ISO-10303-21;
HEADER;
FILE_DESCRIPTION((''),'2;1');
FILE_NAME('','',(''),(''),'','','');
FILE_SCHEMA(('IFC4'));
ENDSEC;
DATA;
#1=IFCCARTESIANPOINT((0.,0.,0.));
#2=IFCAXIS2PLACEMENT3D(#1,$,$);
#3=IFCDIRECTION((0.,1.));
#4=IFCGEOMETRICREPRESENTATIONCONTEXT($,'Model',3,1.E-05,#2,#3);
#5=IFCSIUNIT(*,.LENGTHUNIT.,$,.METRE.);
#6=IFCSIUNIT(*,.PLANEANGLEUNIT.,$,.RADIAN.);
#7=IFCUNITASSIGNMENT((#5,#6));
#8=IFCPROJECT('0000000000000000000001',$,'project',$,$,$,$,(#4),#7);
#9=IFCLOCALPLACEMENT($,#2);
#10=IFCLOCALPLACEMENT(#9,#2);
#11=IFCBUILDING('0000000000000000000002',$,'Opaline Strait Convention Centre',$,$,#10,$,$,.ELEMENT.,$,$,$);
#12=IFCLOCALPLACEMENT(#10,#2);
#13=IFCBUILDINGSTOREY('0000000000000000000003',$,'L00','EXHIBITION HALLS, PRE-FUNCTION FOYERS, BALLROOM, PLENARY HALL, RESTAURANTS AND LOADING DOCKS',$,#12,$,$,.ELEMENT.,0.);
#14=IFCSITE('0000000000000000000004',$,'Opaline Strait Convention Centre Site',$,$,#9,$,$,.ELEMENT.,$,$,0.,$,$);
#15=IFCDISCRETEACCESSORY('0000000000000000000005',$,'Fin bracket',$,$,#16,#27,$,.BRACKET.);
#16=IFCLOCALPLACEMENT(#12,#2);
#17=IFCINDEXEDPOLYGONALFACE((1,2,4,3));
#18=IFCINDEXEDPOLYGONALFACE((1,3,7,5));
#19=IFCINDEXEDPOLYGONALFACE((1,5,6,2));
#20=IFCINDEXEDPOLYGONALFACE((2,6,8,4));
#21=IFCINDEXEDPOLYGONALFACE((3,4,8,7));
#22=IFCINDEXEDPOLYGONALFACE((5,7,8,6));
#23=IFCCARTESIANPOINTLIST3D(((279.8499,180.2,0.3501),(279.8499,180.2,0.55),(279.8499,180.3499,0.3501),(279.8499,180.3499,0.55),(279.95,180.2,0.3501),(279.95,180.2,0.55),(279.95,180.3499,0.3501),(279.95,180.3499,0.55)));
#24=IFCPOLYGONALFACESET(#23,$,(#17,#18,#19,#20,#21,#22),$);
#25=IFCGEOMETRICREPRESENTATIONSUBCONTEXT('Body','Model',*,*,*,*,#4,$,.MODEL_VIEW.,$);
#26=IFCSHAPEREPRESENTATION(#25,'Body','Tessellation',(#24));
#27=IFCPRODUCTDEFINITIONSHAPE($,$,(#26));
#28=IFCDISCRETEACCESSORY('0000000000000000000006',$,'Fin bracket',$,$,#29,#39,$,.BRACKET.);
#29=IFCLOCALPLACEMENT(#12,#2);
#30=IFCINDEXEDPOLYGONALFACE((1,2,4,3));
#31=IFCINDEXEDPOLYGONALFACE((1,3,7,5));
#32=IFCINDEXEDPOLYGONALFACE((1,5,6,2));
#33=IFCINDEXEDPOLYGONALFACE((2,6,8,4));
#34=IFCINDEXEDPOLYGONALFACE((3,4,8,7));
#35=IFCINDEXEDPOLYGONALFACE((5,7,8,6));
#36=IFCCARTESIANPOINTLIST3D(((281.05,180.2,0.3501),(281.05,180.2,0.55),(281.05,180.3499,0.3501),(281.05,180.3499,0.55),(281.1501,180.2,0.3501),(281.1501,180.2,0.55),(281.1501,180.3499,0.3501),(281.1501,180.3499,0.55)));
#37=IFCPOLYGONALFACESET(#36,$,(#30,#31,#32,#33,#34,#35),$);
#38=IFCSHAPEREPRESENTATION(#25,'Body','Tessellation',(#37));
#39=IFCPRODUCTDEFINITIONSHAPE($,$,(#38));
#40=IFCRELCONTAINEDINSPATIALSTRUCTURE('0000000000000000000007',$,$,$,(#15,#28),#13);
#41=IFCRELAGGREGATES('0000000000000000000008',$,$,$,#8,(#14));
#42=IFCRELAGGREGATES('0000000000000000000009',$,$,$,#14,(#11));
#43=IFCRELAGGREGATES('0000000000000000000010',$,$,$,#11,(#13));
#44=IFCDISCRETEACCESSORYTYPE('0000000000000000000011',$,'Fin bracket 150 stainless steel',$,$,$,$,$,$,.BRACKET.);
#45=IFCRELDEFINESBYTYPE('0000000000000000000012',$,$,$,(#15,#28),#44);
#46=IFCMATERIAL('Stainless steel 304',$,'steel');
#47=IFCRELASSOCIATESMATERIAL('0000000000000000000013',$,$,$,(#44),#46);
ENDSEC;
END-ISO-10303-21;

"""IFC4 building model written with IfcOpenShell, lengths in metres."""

from ifc_helpers import new_model, si_unit, direction, frame, origin, origin_2d, place, context, subcontext, project, spatial, rectangle, extrude, material, type_object, element, save


model = new_model("IFC4")

# Units and contexts
model_context = context("Model", 3, precision=1e-05, world=origin(), true_north=direction((0.0, 1.0)))
body_context = subcontext(model_context, "Body", "Model", "MODEL_VIEW")
ifc_project = project(units=[si_unit("LENGTHUNIT", "METRE"), si_unit("PLANEANGLEUNIT", "RADIAN")], contexts=[model_context])

# Site, building, storey
site_placement = place(None, origin())
site = spatial("IfcSite", under=ifc_project, at=site_placement, Name="Opaline Strait Convention Centre Site", CompositionType="ELEMENT", RefElevation=0.0)
building_placement = place(site_placement, origin())
building = spatial("IfcBuilding", under=site, at=building_placement, Name="Opaline Strait Convention Centre", CompositionType="ELEMENT")
storey_placement = place(building_placement, origin())
storey = spatial("IfcBuildingStorey", under=building, at=storey_placement, Name="L00", Description="EXHIBITION HALLS, PRE-FUNCTION FOYERS, BALLROOM, PLENARY HALL, RESTAURANTS AND LOADING DOCKS", CompositionType="ELEMENT", Elevation=0.0)

# Discrete accessories
ifc_material_1 = material(Name="Stainless steel 304", Category="steel")
discrete_accessory_type = type_object("IfcDiscreteAccessoryType", Name="Fin bracket 150 stainless steel", PredefinedType="BRACKET", material=ifc_material_1)
for number, where, z_axis, x_axis, name in (
    (1, (279.8999, 180.2749, 0.3501), (0.0, 0.0, 1.0), (1.0, 0.0, 0.0), "Fin bracket"),
    (2, (281.1001, 180.2749, 0.3501), (0.0, 0.0, 1.0), (1.0, 0.0, 0.0), "Fin bracket"),
):
    element("IfcDiscreteAccessory", number, at=place(storey_placement, frame(where, z_axis=z_axis, x_axis=x_axis)), inside=storey, type_object=discrete_accessory_type, Name=name, PredefinedType="BRACKET", context=body_context, shape_type="SweptSolid", body=[
        extrude(rectangle(XDim=0.1001, YDim=0.1499, at=origin_2d()), origin(), (0.0, 0.0, 1.0), 0.2),
    ])

save(model, "model.ifc")
